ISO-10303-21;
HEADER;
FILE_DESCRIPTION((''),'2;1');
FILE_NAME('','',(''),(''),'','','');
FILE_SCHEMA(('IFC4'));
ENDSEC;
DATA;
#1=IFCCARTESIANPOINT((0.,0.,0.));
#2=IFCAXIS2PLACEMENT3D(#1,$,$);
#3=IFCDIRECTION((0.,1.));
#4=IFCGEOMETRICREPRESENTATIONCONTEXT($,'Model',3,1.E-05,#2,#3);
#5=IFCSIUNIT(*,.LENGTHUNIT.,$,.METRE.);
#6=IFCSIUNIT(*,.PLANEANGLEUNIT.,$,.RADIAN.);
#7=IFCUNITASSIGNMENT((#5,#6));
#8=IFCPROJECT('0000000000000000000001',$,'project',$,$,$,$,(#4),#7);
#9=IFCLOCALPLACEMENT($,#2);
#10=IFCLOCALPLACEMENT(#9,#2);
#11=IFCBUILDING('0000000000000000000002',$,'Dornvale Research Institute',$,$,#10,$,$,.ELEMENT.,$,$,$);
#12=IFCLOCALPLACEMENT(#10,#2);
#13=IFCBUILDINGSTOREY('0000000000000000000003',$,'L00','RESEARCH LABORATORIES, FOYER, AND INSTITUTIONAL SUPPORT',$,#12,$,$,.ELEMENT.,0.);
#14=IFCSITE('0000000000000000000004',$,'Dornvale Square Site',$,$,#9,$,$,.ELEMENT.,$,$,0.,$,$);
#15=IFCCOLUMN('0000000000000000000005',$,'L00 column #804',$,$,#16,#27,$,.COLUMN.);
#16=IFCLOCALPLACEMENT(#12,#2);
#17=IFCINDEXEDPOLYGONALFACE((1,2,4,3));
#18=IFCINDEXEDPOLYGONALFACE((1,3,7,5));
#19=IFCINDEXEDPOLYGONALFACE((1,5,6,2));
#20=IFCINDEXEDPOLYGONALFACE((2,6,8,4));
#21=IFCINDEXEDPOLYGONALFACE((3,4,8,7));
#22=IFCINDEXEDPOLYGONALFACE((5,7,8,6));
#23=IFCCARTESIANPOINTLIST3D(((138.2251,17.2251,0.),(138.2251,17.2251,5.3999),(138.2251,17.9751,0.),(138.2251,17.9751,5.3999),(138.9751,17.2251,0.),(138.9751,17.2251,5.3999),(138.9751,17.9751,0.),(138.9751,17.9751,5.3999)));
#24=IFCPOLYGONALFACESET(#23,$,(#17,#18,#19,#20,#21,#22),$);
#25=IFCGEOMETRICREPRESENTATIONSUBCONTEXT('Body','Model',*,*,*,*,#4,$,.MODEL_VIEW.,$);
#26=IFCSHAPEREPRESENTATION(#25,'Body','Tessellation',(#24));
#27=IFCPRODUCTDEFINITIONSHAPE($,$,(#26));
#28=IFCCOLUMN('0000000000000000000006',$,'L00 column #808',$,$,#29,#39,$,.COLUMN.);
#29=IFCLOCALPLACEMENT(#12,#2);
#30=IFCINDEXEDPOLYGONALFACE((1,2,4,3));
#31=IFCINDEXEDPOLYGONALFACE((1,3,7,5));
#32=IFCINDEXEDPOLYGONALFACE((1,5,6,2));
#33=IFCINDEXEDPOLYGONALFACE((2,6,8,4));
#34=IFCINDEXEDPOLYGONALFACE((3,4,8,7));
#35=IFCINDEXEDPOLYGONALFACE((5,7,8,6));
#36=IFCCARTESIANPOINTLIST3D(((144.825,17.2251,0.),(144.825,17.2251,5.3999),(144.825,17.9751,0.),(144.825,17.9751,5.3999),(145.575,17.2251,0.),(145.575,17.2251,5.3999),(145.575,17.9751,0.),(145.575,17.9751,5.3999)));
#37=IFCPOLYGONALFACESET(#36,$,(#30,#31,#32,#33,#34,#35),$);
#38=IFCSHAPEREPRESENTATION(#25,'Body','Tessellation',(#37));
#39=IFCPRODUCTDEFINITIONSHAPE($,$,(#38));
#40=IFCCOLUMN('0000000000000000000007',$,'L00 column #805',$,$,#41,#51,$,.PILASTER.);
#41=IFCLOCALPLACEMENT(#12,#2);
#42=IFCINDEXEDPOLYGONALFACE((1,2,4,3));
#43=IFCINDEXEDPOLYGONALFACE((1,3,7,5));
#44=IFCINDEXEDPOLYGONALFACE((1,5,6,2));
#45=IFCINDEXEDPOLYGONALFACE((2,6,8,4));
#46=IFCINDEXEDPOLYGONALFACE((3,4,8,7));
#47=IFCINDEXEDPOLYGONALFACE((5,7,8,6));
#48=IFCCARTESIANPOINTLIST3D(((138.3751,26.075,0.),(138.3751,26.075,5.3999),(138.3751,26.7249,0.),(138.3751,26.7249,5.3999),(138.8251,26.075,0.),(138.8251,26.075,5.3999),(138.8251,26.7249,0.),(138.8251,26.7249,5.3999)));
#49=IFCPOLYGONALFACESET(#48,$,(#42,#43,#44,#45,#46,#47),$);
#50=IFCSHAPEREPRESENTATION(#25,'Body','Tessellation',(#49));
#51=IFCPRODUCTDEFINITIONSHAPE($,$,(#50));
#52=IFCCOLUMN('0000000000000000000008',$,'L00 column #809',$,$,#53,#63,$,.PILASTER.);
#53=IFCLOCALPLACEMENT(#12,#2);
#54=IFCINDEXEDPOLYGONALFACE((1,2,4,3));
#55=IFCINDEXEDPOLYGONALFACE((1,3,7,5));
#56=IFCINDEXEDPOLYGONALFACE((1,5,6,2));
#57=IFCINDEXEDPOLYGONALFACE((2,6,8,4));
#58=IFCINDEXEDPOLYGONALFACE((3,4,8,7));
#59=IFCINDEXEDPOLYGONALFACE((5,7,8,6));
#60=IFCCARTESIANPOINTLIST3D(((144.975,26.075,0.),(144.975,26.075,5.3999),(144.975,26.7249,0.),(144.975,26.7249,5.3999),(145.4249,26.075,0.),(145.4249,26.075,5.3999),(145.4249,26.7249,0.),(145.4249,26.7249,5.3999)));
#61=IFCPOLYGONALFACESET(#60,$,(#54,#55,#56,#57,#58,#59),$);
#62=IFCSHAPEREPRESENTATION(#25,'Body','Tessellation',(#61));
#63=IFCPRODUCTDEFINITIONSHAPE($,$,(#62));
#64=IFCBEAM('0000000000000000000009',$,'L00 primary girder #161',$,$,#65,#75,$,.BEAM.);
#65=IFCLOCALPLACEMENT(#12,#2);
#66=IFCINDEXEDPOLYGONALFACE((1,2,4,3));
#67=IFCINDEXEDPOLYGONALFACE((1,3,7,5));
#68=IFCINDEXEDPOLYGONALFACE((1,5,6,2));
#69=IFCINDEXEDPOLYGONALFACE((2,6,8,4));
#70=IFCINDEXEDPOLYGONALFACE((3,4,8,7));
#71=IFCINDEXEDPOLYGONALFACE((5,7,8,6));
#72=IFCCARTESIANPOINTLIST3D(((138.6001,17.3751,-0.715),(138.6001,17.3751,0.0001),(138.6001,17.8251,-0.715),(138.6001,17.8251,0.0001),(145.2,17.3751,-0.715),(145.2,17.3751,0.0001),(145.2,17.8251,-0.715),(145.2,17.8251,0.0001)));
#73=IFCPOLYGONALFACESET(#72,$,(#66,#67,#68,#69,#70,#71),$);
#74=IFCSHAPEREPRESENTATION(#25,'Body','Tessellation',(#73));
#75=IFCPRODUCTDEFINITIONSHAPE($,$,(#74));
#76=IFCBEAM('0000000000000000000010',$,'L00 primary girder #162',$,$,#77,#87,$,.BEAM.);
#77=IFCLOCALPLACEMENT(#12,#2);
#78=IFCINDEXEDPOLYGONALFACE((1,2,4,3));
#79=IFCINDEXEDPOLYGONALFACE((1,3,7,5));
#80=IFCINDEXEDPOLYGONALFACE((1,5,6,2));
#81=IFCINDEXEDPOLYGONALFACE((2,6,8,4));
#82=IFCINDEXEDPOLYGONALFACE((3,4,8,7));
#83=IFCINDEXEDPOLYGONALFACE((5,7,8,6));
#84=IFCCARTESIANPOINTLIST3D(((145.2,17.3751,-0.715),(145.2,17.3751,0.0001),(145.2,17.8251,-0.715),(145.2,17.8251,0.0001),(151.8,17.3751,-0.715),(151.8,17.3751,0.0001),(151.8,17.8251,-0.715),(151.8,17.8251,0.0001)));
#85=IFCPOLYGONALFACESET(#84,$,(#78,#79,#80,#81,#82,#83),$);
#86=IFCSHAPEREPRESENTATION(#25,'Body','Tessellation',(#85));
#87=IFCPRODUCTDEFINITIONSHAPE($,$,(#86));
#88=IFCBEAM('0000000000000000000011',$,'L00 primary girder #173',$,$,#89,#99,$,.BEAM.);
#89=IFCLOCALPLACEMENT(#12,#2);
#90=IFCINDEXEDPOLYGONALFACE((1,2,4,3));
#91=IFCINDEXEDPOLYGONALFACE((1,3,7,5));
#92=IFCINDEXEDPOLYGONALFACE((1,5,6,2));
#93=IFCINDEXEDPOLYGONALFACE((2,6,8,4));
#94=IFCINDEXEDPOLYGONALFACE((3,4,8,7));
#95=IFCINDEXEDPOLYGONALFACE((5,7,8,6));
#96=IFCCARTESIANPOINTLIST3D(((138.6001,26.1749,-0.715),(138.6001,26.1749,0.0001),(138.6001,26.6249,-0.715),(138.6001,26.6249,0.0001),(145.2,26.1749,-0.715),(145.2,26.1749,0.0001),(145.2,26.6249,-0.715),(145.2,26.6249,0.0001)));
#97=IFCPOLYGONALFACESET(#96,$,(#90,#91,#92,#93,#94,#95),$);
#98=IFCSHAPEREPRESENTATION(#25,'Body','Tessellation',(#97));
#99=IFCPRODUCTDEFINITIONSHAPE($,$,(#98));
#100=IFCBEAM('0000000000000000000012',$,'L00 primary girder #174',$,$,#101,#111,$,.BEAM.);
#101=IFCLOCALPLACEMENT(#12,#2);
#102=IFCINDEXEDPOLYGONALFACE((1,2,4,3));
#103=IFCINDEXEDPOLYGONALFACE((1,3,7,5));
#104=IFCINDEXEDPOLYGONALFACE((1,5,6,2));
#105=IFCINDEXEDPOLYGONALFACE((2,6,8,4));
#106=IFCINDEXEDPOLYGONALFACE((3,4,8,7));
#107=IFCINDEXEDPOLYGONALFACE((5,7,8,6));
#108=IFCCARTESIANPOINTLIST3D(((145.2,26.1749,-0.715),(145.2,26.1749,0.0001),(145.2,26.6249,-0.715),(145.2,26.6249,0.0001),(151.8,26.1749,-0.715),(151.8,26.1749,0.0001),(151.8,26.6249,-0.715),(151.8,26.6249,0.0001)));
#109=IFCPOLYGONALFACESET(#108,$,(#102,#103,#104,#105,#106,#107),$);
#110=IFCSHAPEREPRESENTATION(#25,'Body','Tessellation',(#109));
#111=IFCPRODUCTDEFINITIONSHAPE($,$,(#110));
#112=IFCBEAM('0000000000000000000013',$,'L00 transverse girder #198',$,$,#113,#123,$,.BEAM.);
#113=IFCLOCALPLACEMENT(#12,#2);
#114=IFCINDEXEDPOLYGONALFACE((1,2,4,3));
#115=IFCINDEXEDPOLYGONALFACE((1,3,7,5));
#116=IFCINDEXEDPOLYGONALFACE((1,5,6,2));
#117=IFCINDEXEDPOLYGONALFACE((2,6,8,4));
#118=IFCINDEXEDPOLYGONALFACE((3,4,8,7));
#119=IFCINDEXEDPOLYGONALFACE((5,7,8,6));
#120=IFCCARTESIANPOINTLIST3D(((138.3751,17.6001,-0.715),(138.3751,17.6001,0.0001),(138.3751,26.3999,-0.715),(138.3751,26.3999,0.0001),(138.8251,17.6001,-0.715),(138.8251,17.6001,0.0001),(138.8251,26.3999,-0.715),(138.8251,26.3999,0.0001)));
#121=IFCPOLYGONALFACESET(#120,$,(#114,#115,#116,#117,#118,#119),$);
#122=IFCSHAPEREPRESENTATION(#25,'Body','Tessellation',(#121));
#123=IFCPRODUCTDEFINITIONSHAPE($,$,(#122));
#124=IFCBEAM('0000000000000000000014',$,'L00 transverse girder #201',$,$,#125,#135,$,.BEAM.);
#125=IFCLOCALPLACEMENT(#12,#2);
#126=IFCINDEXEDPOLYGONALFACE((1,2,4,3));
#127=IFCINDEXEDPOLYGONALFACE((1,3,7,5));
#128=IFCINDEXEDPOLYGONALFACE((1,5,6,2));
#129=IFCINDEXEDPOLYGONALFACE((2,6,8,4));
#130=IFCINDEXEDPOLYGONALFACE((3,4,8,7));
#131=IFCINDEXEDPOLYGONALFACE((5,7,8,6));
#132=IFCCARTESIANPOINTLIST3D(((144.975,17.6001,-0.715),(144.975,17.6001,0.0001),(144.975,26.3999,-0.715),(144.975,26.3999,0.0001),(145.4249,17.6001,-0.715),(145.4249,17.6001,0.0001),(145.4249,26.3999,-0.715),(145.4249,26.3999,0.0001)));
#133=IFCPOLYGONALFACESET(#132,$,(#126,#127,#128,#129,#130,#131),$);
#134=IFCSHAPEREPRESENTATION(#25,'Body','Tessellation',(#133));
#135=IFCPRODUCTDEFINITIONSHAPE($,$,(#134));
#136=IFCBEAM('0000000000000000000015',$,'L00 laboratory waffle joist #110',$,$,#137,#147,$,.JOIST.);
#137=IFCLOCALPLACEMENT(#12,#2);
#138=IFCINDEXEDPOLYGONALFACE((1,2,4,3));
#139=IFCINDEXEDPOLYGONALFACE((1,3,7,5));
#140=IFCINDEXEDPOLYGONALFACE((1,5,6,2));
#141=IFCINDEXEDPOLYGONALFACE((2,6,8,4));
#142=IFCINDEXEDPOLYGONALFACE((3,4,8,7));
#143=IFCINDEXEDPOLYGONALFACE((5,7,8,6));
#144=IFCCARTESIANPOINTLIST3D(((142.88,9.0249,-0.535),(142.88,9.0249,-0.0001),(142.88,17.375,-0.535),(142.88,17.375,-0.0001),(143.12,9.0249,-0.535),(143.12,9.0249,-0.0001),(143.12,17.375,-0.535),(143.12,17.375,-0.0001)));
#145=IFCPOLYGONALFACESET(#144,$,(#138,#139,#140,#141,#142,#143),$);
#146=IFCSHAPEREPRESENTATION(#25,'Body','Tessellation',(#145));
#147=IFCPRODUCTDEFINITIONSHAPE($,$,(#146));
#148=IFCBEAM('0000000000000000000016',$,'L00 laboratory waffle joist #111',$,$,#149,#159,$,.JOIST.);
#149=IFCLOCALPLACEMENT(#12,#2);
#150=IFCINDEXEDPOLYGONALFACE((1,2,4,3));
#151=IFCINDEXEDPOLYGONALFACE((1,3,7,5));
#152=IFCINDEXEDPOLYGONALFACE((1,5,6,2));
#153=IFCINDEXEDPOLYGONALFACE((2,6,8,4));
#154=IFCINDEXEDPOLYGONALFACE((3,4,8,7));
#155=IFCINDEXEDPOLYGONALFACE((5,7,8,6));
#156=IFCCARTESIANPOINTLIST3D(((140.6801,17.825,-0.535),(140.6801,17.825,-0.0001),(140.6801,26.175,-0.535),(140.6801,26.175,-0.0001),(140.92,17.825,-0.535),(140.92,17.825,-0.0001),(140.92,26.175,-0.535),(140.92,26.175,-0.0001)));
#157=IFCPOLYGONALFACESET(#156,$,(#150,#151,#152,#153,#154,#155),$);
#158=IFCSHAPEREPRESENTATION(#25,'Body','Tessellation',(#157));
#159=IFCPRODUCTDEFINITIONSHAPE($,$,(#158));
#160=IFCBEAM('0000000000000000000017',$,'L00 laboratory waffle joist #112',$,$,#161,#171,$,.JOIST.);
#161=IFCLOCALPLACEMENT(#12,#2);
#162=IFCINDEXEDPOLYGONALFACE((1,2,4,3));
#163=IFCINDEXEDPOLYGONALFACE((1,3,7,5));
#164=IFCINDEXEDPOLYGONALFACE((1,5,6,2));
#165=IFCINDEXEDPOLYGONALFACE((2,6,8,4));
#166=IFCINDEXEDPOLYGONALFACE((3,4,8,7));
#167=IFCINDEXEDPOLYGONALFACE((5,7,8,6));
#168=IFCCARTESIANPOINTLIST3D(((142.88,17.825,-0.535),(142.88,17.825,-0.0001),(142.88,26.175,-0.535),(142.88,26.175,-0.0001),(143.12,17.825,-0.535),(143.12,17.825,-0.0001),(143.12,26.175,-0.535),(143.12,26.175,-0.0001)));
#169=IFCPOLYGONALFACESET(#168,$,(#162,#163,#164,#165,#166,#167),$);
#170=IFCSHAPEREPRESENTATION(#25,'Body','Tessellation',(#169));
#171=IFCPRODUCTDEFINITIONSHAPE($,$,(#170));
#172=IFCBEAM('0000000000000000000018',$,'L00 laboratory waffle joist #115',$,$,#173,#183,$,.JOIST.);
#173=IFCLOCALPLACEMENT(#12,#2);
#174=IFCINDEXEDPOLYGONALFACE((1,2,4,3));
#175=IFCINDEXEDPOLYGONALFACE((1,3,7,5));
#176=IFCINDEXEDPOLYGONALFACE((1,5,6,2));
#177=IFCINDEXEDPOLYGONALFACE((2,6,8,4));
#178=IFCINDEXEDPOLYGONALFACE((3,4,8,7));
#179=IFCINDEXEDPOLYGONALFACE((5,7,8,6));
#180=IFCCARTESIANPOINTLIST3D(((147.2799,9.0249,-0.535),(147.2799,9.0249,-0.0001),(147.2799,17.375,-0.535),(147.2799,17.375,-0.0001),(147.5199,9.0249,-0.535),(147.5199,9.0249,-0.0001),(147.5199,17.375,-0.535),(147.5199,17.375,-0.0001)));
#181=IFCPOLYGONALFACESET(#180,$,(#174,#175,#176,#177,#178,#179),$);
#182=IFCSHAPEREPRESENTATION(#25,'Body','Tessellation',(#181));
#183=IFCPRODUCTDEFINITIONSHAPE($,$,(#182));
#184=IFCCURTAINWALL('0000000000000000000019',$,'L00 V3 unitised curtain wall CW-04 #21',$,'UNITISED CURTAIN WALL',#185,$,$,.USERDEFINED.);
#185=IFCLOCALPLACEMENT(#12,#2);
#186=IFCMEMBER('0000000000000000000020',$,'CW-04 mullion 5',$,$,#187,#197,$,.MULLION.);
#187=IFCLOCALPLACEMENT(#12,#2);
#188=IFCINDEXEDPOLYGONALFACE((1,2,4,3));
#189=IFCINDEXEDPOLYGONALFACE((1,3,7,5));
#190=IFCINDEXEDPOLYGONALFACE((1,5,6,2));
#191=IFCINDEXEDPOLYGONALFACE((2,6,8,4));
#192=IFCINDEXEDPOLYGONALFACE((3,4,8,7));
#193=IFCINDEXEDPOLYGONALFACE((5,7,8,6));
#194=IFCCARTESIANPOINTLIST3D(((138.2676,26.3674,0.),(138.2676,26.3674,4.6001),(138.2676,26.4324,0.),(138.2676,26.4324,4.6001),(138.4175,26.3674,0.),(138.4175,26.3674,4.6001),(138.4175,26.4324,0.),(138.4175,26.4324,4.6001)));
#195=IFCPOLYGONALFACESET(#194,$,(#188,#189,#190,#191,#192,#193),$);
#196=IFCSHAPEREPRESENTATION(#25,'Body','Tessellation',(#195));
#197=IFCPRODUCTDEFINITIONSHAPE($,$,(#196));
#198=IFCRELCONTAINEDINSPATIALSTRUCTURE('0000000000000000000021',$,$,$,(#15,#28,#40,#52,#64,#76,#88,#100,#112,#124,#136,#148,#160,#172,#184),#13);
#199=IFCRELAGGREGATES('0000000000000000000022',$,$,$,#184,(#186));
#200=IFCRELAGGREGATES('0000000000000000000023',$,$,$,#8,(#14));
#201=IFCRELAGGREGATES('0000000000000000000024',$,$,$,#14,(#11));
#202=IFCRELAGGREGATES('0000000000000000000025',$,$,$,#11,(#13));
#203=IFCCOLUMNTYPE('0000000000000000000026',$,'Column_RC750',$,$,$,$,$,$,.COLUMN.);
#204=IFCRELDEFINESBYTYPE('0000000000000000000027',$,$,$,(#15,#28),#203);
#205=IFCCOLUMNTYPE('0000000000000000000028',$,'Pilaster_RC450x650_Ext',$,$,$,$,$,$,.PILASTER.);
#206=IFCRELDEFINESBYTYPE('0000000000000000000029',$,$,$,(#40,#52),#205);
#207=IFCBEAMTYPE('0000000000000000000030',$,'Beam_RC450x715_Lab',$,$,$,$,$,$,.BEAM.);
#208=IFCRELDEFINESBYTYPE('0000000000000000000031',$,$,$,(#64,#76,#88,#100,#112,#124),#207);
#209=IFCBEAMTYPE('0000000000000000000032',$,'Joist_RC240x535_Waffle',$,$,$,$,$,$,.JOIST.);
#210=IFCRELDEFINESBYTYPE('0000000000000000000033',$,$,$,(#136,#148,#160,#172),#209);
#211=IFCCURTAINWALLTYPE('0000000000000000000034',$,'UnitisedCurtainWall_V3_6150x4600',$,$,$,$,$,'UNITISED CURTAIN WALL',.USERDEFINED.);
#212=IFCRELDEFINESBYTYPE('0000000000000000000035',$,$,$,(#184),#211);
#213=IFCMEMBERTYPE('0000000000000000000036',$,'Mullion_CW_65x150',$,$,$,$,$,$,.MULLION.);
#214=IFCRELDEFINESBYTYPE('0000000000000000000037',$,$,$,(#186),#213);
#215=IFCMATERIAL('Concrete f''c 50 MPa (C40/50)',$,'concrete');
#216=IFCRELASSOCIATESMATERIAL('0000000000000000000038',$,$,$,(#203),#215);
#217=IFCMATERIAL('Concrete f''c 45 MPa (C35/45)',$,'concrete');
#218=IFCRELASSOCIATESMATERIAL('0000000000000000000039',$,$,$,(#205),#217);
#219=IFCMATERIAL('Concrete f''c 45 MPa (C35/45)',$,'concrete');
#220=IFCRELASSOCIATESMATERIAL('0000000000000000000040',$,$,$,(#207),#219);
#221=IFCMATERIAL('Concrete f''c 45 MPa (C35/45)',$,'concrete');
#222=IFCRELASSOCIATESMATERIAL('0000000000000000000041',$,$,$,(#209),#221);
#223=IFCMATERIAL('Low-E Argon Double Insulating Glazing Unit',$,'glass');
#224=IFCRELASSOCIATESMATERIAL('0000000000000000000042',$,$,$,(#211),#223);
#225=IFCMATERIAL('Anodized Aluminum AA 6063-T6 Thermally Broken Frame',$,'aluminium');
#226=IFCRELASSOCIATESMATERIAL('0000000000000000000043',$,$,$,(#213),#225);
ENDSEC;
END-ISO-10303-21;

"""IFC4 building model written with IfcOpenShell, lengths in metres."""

from ifc_helpers import new_model, si_unit, direction, frame, origin, origin_2d, place, context, subcontext, project, spatial, rectangle, extrude, material, material_profile, profile_set, type_object, element, aggregate, save


model = new_model("IFC4")

# Units and contexts
model_context = context("Model", 3, precision=1e-05, world=origin(), true_north=direction((0.0, 1.0)))
body_context = subcontext(model_context, "Body", "Model", "MODEL_VIEW")
ifc_project = project(units=[si_unit("LENGTHUNIT", "METRE"), si_unit("PLANEANGLEUNIT", "RADIAN")], contexts=[model_context])

# Site, building, storey
site_placement = place(None, origin())
site = spatial("IfcSite", under=ifc_project, at=site_placement, Name="Dornvale Square Site", CompositionType="ELEMENT", RefElevation=0.0)
building_placement = place(site_placement, origin())
building = spatial("IfcBuilding", under=site, at=building_placement, Name="Dornvale Research Institute", CompositionType="ELEMENT")
storey_placement = place(building_placement, origin())
storey = spatial("IfcBuildingStorey", under=building, at=storey_placement, Name="L00", Description="RESEARCH LABORATORIES, FOYER, AND INSTITUTIONAL SUPPORT", CompositionType="ELEMENT", Elevation=0.0)

# Columns
ifc_material_1 = material(Name="Concrete f'c 50 MPa (C40/50)", Category="concrete")
ifc_material_profile_1 = material_profile(ifc_material_1, rectangle(XDim=0.75, YDim=0.75, at=origin_2d()), Name="RC 750x750")
ifc_profile_set_1 = profile_set([ifc_material_profile_1], Name="Concrete f'c 50 MPa (C40/50)")
column_type_1 = type_object("IfcColumnType", Name="Column_RC750", PredefinedType="COLUMN", material=ifc_profile_set_1)
for number, where, z_axis, x_axis, name in (
    (1, (138.6001, 17.6001, 0.0), (0.0, 0.0, 1.0), (1.0, 0.0, 0.0), "L00 column #804"),
    (2, (145.2, 17.6001, 0.0), (0.0, 0.0, 1.0), (1.0, 0.0, 0.0), "L00 column #808"),
):
    element("IfcColumn", number, at=place(storey_placement, frame(where, z_axis=z_axis, x_axis=x_axis)), inside=storey, type_object=column_type_1, Name=name, PredefinedType="COLUMN", context=body_context, shape_type="SweptSolid", body=[
        extrude(rectangle(XDim=0.75, YDim=0.75, at=origin_2d()), origin(), (0.0, 0.0, 1.0), 5.3999),
    ])
ifc_material_2 = material(Name="Concrete f'c 45 MPa (C35/45)", Category="concrete")
ifc_material_profile_2 = material_profile(ifc_material_2, rectangle(XDim=0.45, YDim=0.6499, at=origin_2d()), Name="RC 450x650")
ifc_profile_set_2 = profile_set([ifc_material_profile_2], Name="Concrete f'c 45 MPa (C35/45)")
column_type_2 = type_object("IfcColumnType", Name="Pilaster_RC450x650_Ext", PredefinedType="PILASTER", material=ifc_profile_set_2)
for number, where, z_axis, x_axis, name in (
    (3, (138.6001, 26.3999, 0.0), (0.0, 0.0, 1.0), (1.0, 0.0, 0.0), "L00 column #805"),
    (4, (145.2, 26.3999, 0.0), (0.0, 0.0, 1.0), (1.0, 0.0, 0.0), "L00 column #809"),
):
    element("IfcColumn", number, at=place(storey_placement, frame(where, z_axis=z_axis, x_axis=x_axis)), inside=storey, type_object=column_type_2, Name=name, PredefinedType="PILASTER", context=body_context, shape_type="SweptSolid", body=[
        extrude(rectangle(XDim=0.45, YDim=0.6499, at=origin_2d()), origin(), (0.0, 0.0, 1.0), 5.3999),
    ])

# Beams
ifc_material_3 = material(Name="Concrete f'c 45 MPa (C35/45)", Category="concrete")
ifc_material_profile_3 = material_profile(ifc_material_3, rectangle(XDim=0.45, YDim=0.7151, at=origin_2d()), Name="RC 450x715")
ifc_profile_set_3 = profile_set([ifc_material_profile_3], Name="Concrete f'c 45 MPa (C35/45)")
beam_type_1 = type_object("IfcBeamType", Name="Beam_RC450x715_Lab", PredefinedType="BEAM", material=ifc_profile_set_3)
beam_1_placement = place(storey_placement, frame((138.6001, 17.6001, -0.3574), z_axis=(1.0, 0.0, 0.0), x_axis=(0.0, 1.0, 0.0)))
element("IfcBeam", 5, at=beam_1_placement, inside=storey, type_object=beam_type_1, Name="L00 primary girder #161", PredefinedType="BEAM", context=body_context, shape_type="SweptSolid", body=[
    extrude(rectangle(XDim=0.45, YDim=0.7151, at=origin_2d()), origin(), (0.0, 0.0, 1.0), 6.5999),
])
beam_2_placement = place(storey_placement, frame((145.2, 17.6001, -0.3574), z_axis=(1.0, 0.0, 0.0), x_axis=(0.0, 1.0, 0.0)))
element("IfcBeam", 6, at=beam_2_placement, inside=storey, type_object=beam_type_1, Name="L00 primary girder #162", PredefinedType="BEAM", context=body_context, shape_type="SweptSolid", body=[
    extrude(rectangle(XDim=0.45, YDim=0.7151, at=origin_2d()), origin(), (0.0, 0.0, 1.0), 6.6001),
])
beam_3_placement = place(storey_placement, frame((138.6001, 26.3999, -0.3574), z_axis=(1.0, 0.0, 0.0), x_axis=(0.0, 1.0, 0.0)))
element("IfcBeam", 7, at=beam_3_placement, inside=storey, type_object=beam_type_1, Name="L00 primary girder #173", PredefinedType="BEAM", context=body_context, shape_type="SweptSolid", body=[
    extrude(rectangle(XDim=0.45, YDim=0.7151, at=origin_2d()), origin(), (0.0, 0.0, 1.0), 6.5999),
])
beam_4_placement = place(storey_placement, frame((145.2, 26.3999, -0.3574), z_axis=(1.0, 0.0, 0.0), x_axis=(0.0, 1.0, 0.0)))
element("IfcBeam", 8, at=beam_4_placement, inside=storey, type_object=beam_type_1, Name="L00 primary girder #174", PredefinedType="BEAM", context=body_context, shape_type="SweptSolid", body=[
    extrude(rectangle(XDim=0.45, YDim=0.7151, at=origin_2d()), origin(), (0.0, 0.0, 1.0), 6.6001),
])
for number, where, z_axis, x_axis, name in (
    (9, (138.6001, 17.6001, -0.3574), (0.0, 1.0, 0.0), (-1.0, 0.0, 0.0), "L00 transverse girder #198"),
    (10, (145.2, 17.6001, -0.3574), (0.0, 1.0, 0.0), (-1.0, 0.0, 0.0), "L00 transverse girder #201"),
):
    element("IfcBeam", number, at=place(storey_placement, frame(where, z_axis=z_axis, x_axis=x_axis)), inside=storey, type_object=beam_type_1, Name=name, PredefinedType="BEAM", context=body_context, shape_type="SweptSolid", body=[
        extrude(rectangle(XDim=0.45, YDim=0.7151, at=origin_2d()), origin(), (0.0, 0.0, 1.0), 8.7998),
    ])
ifc_material_4 = material(Name="Concrete f'c 45 MPa (C35/45)", Category="concrete")
ifc_material_profile_4 = material_profile(ifc_material_4, rectangle(XDim=0.24, YDim=0.5349, at=origin_2d()), Name="RC 240x535")
ifc_profile_set_4 = profile_set([ifc_material_profile_4], Name="Concrete f'c 45 MPa (C35/45)")
beam_type_2 = type_object("IfcBeamType", Name="Joist_RC240x535_Waffle", PredefinedType="JOIST", material=ifc_profile_set_4)
for number, where, z_axis, x_axis, name in (
    (11, (143.0, 9.0249, -0.2676), (0.0, 1.0, 0.0), (-1.0, 0.0, 0.0), "L00 laboratory waffle joist #110"),
    (12, (140.8, 17.825, -0.2676), (0.0, 1.0, 0.0), (-1.0, 0.0, 0.0), "L00 laboratory waffle joist #111"),
    (13, (143.0, 17.825, -0.2676), (0.0, 1.0, 0.0), (-1.0, 0.0, 0.0), "L00 laboratory waffle joist #112"),
    (14, (147.3999, 9.0249, -0.2676), (0.0, 1.0, 0.0), (-1.0, 0.0, 0.0), "L00 laboratory waffle joist #115"),
):
    element("IfcBeam", number, at=place(storey_placement, frame(where, z_axis=z_axis, x_axis=x_axis)), inside=storey, type_object=beam_type_2, Name=name, PredefinedType="JOIST", context=body_context, shape_type="SweptSolid", body=[
        extrude(rectangle(XDim=0.24, YDim=0.5349, at=origin_2d()), origin(), (0.0, 0.0, 1.0), 8.3501),
    ])

# Curtain wall, member
ifc_material_5 = material(Name="Low-E Argon Double Insulating Glazing Unit", Category="glass")
curtain_wall_type = type_object("IfcCurtainWallType", Name="UnitisedCurtainWall_V3_6150x4600", ElementType="UNITISED CURTAIN WALL", PredefinedType="USERDEFINED", material=ifc_material_5)
curtain_wall_1_placement = place(storey_placement, origin())
curtain_wall_1 = element("IfcCurtainWall", 15, at=curtain_wall_1_placement, inside=storey, type_object=curtain_wall_type, Name="L00 V3 unitised curtain wall CW-04 #21", ObjectType="UNITISED CURTAIN WALL", PredefinedType="USERDEFINED")
ifc_material_6 = material(Name="Anodized Aluminum AA 6063-T6 Thermally Broken Frame", Category="aluminium")
ifc_material_profile_5 = material_profile(ifc_material_6, rectangle(XDim=0.0649, YDim=0.1499, at=origin_2d()), Name="ALU MULLION 65x150")
ifc_profile_set_5 = profile_set([ifc_material_profile_5], Name="Anodized Aluminum AA 6063-T6 Thermally Broken Frame")
member_type_1 = type_object("IfcMemberType", Name="Mullion_CW_65x150", PredefinedType="MULLION", material=ifc_profile_set_5)
member_1_placement = place(storey_placement, frame((138.3425, 26.3999, 0.0), z_axis=(0.0, 0.0, 1.0), x_axis=(0.0, 1.0, 0.0)))
member_1 = element("IfcMember", 16, at=member_1_placement, type_object=member_type_1, Name="CW-04 mullion 5", PredefinedType="MULLION", context=body_context, shape_type="SweptSolid", body=[
    extrude(rectangle(XDim=0.0649, YDim=0.1499, at=origin_2d()), origin(), (0.0, 0.0, 1.0), 4.6001),
])
aggregate(curtain_wall_1, [member_1])

save(model, "model.ifc")
